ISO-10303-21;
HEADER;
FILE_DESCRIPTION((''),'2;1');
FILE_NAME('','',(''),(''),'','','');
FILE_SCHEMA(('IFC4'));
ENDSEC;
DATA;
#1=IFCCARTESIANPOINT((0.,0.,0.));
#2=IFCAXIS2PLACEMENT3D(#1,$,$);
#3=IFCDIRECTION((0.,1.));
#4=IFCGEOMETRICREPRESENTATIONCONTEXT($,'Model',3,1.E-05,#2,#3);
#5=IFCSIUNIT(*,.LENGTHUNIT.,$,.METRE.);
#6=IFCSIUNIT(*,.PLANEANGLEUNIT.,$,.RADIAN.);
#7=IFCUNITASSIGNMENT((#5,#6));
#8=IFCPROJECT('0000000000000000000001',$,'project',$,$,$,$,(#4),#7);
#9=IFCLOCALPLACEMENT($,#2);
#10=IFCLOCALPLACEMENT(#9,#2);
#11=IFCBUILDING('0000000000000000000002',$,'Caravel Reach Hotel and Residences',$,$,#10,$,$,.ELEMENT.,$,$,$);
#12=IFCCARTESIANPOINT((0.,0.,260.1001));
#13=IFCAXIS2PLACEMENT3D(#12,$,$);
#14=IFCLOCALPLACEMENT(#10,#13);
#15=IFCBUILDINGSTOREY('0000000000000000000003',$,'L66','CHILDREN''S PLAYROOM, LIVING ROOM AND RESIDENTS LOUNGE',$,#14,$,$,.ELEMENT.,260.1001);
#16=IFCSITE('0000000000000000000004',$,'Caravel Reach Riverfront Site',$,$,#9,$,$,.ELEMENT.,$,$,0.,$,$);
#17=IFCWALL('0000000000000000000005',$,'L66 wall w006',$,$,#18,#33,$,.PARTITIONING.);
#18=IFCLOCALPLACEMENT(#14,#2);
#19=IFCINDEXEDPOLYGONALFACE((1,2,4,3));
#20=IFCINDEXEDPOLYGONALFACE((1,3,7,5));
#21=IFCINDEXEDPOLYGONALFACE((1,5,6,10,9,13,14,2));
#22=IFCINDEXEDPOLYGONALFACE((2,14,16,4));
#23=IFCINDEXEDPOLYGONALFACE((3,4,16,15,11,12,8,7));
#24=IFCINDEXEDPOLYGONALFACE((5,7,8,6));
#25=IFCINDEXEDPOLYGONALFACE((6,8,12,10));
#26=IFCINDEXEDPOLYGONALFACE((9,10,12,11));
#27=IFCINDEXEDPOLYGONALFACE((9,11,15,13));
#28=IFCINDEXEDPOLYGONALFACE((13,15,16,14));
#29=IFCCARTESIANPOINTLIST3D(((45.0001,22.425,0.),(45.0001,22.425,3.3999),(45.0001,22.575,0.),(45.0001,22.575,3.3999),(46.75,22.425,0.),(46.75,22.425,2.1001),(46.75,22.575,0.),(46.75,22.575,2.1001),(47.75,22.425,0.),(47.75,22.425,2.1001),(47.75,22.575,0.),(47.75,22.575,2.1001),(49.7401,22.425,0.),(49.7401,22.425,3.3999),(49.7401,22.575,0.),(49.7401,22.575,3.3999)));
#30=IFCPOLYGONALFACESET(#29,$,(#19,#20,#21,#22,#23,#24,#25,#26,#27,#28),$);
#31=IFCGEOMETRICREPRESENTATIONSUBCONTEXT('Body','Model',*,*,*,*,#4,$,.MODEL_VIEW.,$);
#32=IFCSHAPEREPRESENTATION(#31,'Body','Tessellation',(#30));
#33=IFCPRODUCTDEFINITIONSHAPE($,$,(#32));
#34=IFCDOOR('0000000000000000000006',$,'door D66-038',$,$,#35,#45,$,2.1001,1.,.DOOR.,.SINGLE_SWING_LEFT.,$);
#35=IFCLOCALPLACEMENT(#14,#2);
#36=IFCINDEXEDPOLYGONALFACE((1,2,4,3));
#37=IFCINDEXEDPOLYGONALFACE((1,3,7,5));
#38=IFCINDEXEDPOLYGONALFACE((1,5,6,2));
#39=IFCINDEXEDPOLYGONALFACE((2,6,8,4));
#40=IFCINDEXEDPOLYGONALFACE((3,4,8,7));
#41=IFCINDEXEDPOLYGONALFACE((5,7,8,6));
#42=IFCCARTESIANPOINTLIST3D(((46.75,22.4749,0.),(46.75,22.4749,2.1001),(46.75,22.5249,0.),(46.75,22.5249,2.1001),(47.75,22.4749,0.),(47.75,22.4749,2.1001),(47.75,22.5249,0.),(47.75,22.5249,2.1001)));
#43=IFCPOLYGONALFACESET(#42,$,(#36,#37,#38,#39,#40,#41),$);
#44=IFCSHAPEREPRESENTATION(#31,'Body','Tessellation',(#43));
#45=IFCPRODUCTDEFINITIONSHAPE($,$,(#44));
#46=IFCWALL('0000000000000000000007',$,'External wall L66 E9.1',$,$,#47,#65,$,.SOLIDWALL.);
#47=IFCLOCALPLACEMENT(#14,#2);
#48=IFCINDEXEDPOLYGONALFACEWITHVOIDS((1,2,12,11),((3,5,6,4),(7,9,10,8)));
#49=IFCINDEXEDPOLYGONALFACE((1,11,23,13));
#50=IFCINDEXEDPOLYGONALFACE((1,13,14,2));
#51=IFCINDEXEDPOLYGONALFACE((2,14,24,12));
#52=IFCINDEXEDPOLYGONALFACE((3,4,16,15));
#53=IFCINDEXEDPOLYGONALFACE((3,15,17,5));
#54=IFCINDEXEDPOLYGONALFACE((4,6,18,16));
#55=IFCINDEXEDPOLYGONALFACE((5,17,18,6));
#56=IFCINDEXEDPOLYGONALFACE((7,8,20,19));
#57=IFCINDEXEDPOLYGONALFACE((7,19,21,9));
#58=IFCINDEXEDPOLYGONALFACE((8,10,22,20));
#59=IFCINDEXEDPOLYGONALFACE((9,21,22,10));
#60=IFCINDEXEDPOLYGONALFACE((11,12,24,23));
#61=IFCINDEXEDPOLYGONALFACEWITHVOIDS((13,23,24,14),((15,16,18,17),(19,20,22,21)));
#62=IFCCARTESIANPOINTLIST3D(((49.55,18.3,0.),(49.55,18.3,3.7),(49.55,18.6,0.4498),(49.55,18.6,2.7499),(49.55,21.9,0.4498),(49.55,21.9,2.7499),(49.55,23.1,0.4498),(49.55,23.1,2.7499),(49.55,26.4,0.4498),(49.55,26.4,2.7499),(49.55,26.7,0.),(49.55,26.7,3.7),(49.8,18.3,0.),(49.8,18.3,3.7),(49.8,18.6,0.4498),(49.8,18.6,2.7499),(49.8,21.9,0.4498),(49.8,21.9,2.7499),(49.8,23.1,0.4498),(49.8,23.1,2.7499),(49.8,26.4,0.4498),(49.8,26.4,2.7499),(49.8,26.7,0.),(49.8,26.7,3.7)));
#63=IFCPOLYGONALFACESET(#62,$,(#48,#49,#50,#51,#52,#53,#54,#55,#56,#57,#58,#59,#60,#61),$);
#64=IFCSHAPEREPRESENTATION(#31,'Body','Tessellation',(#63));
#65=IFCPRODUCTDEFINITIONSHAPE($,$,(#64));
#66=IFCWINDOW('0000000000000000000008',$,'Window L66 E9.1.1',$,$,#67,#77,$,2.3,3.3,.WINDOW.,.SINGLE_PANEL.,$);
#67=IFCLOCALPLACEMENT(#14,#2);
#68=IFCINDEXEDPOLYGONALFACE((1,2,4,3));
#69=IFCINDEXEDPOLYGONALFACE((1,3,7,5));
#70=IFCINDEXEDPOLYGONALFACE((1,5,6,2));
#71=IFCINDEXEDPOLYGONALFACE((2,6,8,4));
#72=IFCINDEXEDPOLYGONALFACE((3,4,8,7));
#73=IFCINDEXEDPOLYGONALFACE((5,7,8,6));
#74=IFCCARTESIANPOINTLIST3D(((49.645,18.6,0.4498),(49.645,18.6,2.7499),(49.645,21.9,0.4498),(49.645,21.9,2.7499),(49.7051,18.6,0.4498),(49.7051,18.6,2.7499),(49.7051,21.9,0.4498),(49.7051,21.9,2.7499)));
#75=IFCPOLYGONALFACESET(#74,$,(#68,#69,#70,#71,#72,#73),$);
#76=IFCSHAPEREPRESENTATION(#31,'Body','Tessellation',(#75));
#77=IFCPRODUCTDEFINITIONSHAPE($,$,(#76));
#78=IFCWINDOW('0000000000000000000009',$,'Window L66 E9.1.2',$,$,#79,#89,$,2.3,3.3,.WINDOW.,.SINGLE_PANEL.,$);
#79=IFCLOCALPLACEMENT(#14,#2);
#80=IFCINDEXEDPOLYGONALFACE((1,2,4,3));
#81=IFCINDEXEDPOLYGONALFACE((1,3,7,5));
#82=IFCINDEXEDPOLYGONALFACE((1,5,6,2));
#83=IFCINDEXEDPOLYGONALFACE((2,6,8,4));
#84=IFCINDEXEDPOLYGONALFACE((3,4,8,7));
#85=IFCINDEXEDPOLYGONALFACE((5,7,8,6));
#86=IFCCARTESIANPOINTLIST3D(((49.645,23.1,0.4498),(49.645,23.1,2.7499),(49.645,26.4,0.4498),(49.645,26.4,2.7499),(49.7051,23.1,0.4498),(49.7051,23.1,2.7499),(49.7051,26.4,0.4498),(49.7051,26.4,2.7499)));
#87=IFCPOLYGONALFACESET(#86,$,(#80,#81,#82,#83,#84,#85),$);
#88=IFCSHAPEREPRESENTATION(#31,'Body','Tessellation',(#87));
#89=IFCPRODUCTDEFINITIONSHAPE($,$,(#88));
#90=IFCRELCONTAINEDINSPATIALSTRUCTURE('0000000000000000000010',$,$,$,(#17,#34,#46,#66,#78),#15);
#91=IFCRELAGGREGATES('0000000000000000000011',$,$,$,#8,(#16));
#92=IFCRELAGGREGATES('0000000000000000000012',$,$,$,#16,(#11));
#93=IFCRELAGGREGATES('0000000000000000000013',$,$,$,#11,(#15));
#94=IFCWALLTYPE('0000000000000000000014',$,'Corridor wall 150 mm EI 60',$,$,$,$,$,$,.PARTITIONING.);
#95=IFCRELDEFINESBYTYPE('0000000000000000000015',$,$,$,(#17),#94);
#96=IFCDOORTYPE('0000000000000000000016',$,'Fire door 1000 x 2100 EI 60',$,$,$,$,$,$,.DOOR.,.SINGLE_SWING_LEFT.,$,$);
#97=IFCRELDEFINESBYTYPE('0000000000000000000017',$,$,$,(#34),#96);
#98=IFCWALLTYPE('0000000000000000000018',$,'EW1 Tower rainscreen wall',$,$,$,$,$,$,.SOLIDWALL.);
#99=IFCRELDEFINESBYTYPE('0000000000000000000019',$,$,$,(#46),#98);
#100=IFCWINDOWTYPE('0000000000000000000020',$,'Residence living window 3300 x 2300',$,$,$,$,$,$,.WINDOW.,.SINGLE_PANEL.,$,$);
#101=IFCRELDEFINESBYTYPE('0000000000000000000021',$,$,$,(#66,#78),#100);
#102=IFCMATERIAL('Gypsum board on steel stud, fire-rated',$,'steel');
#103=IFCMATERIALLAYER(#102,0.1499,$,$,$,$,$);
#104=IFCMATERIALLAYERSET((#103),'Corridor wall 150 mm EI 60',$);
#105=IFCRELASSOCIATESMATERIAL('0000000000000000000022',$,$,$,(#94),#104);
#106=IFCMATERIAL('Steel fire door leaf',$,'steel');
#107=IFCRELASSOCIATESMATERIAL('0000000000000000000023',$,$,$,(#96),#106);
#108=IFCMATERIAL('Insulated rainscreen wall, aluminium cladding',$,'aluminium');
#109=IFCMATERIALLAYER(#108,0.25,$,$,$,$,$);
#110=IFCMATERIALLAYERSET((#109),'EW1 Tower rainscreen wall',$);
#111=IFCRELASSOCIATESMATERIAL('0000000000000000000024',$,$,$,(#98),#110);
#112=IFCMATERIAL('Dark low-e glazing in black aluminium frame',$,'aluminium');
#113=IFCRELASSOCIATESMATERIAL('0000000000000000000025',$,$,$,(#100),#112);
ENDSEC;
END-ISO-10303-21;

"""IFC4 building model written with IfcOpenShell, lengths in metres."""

from ifc_helpers import new_model, si_unit, direction, frame, frame_2d, origin, place, context, subcontext, project, spatial, rectangle, extrude, material, layer, layer_set, type_object, element, fill, save


model = new_model("IFC4")

# Units and contexts
model_context = context("Model", 3, precision=1e-05, world=origin(), true_north=direction((0.0, 1.0)))
body_context = subcontext(model_context, "Body", "Model", "MODEL_VIEW")
ifc_project = project(units=[si_unit("LENGTHUNIT", "METRE"), si_unit("PLANEANGLEUNIT", "RADIAN")], contexts=[model_context])

# Site, building, storey
site_placement = place(None, origin())
site = spatial("IfcSite", under=ifc_project, at=site_placement, Name="Caravel Reach Riverfront Site", CompositionType="ELEMENT", RefElevation=0.0)
building_placement = place(site_placement, origin())
building = spatial("IfcBuilding", under=site, at=building_placement, Name="Caravel Reach Hotel and Residences", CompositionType="ELEMENT")
storey_placement = place(building_placement, frame((0.0, 0.0, 260.1001)))
storey = spatial("IfcBuildingStorey", under=building, at=storey_placement, Name="L66", Description="CHILDREN'S PLAYROOM, LIVING ROOM AND RESIDENTS LOUNGE", CompositionType="ELEMENT", Elevation=260.1001)

# Shared definitions
ifc_material_1 = material(Name="Gypsum board on steel stud, fire-rated", Category="steel")
ifc_layer_1 = layer(ifc_material_1, 0.1499)
ifc_layer_set_1 = layer_set([ifc_layer_1], Name="Corridor wall 150 mm EI 60")
wall_type_1 = type_object("IfcWallType", Name="Corridor wall 150 mm EI 60", PredefinedType="PARTITIONING", material=ifc_layer_set_1)

# Wall, opening, door
wall_1_placement = place(storey_placement, frame((45.0, 22.5, 0.0), z_axis=(0.0, 0.0, 1.0), x_axis=(1.0, 0.0, 0.0)))
wall_1 = element("IfcWall", 1, at=wall_1_placement, inside=storey, type_object=wall_type_1, Name="L66 wall w006", PredefinedType="PARTITIONING", context=body_context, shape_type="SweptSolid", body=[
    extrude(rectangle(XDim=4.74, YDim=0.1499, at=frame_2d((2.3701, 0.0))), origin(), (0.0, 0.0, 1.0), 3.3999),
])
opening_1_placement = place(wall_1_placement, frame((1.75, 0.0, 0.0)))
opening_1 = element("IfcOpeningElement", 2, at=opening_1_placement, cuts=wall_1, PredefinedType="OPENING", context=body_context, shape_type="SweptSolid", body=[
    extrude(rectangle(XDim=1.0, YDim=2.1001, at=frame_2d((0.5, 1.05))), frame((0.0, 0.085, 0.0), z_axis=(0.0, -1.0, 0.0), x_axis=(1.0, 0.0, 0.0)), (0.0, 0.0, 1.0), 0.1699),
])
ifc_material_2 = material(Name="Steel fire door leaf", Category="steel")
door_type = type_object("IfcDoorType", Name="Fire door 1000 x 2100 EI 60", OperationType="SINGLE_SWING_LEFT", PredefinedType="DOOR", material=ifc_material_2)
door_placement = place(opening_1_placement, origin())
door = element("IfcDoor", 3, at=door_placement, inside=storey, type_object=door_type, Name="door D66-038", OperationType="SINGLE_SWING_LEFT", OverallHeight=2.1001, OverallWidth=1.0, PredefinedType="DOOR", context=body_context, shape_type="SweptSolid", body=[
    extrude(rectangle(XDim=1.0, YDim=2.1001, at=frame_2d((0.5, 1.05))), frame((0.0, 0.0249, 0.0), z_axis=(0.0, -1.0, 0.0), x_axis=(1.0, 0.0, 0.0)), (0.0, 0.0, 1.0), 0.05),
])
fill(opening_1, door)

# Wall, openings, windows
ifc_material_3 = material(Name="Insulated rainscreen wall, aluminium cladding", Category="aluminium")
ifc_layer_2 = layer(ifc_material_3, 0.25)
ifc_layer_set_2 = layer_set([ifc_layer_2], Name="EW1 Tower rainscreen wall")
wall_type_2 = type_object("IfcWallType", Name="EW1 Tower rainscreen wall", PredefinedType="SOLIDWALL", material=ifc_layer_set_2)
wall_2_placement = place(storey_placement, frame((49.675, 18.3, 0.0), z_axis=(0.0, 0.0, 1.0), x_axis=(0.0, 1.0, 0.0)))
wall_2 = element("IfcWall", 4, at=wall_2_placement, inside=storey, type_object=wall_type_2, Name="External wall L66 E9.1", PredefinedType="SOLIDWALL", context=body_context, shape_type="SweptSolid", body=[
    extrude(rectangle(XDim=8.3999, YDim=0.25, at=frame_2d((4.2, 0.0))), origin(), (0.0, 0.0, 1.0), 3.7),
])
opening_2_placement = place(wall_2_placement, frame((0.3, 0.0, 0.45)))
opening_2 = element("IfcOpeningElement", 5, at=opening_2_placement, cuts=wall_2, PredefinedType="OPENING", context=body_context, shape_type="SweptSolid", body=[
    extrude(rectangle(XDim=3.3, YDim=2.3, at=frame_2d((1.6499, 1.1499))), frame((0.0, 0.135, 0.0), z_axis=(0.0, -1.0, 0.0), x_axis=(1.0, 0.0, 0.0)), (0.0, 0.0, 1.0), 0.27),
])
opening_3_placement = place(wall_2_placement, frame((4.8, 0.0, 0.45)))
opening_3 = element("IfcOpeningElement", 6, at=opening_3_placement, cuts=wall_2, PredefinedType="OPENING", context=body_context, shape_type="SweptSolid", body=[
    extrude(rectangle(XDim=3.3, YDim=2.3, at=frame_2d((1.6499, 1.1499))), frame((0.0, 0.135, 0.0), z_axis=(0.0, -1.0, 0.0), x_axis=(1.0, 0.0, 0.0)), (0.0, 0.0, 1.0), 0.27),
])
ifc_material_4 = material(Name="Dark low-e glazing in black aluminium frame", Category="aluminium")
window_type = type_object("IfcWindowType", Name="Residence living window 3300 x 2300", PartitioningType="SINGLE_PANEL", PredefinedType="WINDOW", material=ifc_material_4)
window_1_placement = place(opening_2_placement, origin())
window_1 = element("IfcWindow", 7, at=window_1_placement, inside=storey, type_object=window_type, Name="Window L66 E9.1.1", OverallHeight=2.3, OverallWidth=3.3, PartitioningType="SINGLE_PANEL", PredefinedType="WINDOW", context=body_context, shape_type="SweptSolid", body=[
    extrude(rectangle(XDim=3.3, YDim=2.3, at=frame_2d((1.6499, 1.1499))), frame((0.0, 0.03, 0.0), z_axis=(0.0, -1.0, 0.0), x_axis=(1.0, 0.0, 0.0)), (0.0, 0.0, 1.0), 0.0601),
])
fill(opening_2, window_1)
window_2_placement = place(opening_3_placement, origin())
window_2 = element("IfcWindow", 8, at=window_2_placement, inside=storey, type_object=window_type, Name="Window L66 E9.1.2", OverallHeight=2.3, OverallWidth=3.3, PartitioningType="SINGLE_PANEL", PredefinedType="WINDOW", context=body_context, shape_type="SweptSolid", body=[
    extrude(rectangle(XDim=3.3, YDim=2.3, at=frame_2d((1.6499, 1.1499))), frame((0.0, 0.03, 0.0), z_axis=(0.0, -1.0, 0.0), x_axis=(1.0, 0.0, 0.0)), (0.0, 0.0, 1.0), 0.0601),
])
fill(opening_3, window_2)

save(model, "model.ifc")
